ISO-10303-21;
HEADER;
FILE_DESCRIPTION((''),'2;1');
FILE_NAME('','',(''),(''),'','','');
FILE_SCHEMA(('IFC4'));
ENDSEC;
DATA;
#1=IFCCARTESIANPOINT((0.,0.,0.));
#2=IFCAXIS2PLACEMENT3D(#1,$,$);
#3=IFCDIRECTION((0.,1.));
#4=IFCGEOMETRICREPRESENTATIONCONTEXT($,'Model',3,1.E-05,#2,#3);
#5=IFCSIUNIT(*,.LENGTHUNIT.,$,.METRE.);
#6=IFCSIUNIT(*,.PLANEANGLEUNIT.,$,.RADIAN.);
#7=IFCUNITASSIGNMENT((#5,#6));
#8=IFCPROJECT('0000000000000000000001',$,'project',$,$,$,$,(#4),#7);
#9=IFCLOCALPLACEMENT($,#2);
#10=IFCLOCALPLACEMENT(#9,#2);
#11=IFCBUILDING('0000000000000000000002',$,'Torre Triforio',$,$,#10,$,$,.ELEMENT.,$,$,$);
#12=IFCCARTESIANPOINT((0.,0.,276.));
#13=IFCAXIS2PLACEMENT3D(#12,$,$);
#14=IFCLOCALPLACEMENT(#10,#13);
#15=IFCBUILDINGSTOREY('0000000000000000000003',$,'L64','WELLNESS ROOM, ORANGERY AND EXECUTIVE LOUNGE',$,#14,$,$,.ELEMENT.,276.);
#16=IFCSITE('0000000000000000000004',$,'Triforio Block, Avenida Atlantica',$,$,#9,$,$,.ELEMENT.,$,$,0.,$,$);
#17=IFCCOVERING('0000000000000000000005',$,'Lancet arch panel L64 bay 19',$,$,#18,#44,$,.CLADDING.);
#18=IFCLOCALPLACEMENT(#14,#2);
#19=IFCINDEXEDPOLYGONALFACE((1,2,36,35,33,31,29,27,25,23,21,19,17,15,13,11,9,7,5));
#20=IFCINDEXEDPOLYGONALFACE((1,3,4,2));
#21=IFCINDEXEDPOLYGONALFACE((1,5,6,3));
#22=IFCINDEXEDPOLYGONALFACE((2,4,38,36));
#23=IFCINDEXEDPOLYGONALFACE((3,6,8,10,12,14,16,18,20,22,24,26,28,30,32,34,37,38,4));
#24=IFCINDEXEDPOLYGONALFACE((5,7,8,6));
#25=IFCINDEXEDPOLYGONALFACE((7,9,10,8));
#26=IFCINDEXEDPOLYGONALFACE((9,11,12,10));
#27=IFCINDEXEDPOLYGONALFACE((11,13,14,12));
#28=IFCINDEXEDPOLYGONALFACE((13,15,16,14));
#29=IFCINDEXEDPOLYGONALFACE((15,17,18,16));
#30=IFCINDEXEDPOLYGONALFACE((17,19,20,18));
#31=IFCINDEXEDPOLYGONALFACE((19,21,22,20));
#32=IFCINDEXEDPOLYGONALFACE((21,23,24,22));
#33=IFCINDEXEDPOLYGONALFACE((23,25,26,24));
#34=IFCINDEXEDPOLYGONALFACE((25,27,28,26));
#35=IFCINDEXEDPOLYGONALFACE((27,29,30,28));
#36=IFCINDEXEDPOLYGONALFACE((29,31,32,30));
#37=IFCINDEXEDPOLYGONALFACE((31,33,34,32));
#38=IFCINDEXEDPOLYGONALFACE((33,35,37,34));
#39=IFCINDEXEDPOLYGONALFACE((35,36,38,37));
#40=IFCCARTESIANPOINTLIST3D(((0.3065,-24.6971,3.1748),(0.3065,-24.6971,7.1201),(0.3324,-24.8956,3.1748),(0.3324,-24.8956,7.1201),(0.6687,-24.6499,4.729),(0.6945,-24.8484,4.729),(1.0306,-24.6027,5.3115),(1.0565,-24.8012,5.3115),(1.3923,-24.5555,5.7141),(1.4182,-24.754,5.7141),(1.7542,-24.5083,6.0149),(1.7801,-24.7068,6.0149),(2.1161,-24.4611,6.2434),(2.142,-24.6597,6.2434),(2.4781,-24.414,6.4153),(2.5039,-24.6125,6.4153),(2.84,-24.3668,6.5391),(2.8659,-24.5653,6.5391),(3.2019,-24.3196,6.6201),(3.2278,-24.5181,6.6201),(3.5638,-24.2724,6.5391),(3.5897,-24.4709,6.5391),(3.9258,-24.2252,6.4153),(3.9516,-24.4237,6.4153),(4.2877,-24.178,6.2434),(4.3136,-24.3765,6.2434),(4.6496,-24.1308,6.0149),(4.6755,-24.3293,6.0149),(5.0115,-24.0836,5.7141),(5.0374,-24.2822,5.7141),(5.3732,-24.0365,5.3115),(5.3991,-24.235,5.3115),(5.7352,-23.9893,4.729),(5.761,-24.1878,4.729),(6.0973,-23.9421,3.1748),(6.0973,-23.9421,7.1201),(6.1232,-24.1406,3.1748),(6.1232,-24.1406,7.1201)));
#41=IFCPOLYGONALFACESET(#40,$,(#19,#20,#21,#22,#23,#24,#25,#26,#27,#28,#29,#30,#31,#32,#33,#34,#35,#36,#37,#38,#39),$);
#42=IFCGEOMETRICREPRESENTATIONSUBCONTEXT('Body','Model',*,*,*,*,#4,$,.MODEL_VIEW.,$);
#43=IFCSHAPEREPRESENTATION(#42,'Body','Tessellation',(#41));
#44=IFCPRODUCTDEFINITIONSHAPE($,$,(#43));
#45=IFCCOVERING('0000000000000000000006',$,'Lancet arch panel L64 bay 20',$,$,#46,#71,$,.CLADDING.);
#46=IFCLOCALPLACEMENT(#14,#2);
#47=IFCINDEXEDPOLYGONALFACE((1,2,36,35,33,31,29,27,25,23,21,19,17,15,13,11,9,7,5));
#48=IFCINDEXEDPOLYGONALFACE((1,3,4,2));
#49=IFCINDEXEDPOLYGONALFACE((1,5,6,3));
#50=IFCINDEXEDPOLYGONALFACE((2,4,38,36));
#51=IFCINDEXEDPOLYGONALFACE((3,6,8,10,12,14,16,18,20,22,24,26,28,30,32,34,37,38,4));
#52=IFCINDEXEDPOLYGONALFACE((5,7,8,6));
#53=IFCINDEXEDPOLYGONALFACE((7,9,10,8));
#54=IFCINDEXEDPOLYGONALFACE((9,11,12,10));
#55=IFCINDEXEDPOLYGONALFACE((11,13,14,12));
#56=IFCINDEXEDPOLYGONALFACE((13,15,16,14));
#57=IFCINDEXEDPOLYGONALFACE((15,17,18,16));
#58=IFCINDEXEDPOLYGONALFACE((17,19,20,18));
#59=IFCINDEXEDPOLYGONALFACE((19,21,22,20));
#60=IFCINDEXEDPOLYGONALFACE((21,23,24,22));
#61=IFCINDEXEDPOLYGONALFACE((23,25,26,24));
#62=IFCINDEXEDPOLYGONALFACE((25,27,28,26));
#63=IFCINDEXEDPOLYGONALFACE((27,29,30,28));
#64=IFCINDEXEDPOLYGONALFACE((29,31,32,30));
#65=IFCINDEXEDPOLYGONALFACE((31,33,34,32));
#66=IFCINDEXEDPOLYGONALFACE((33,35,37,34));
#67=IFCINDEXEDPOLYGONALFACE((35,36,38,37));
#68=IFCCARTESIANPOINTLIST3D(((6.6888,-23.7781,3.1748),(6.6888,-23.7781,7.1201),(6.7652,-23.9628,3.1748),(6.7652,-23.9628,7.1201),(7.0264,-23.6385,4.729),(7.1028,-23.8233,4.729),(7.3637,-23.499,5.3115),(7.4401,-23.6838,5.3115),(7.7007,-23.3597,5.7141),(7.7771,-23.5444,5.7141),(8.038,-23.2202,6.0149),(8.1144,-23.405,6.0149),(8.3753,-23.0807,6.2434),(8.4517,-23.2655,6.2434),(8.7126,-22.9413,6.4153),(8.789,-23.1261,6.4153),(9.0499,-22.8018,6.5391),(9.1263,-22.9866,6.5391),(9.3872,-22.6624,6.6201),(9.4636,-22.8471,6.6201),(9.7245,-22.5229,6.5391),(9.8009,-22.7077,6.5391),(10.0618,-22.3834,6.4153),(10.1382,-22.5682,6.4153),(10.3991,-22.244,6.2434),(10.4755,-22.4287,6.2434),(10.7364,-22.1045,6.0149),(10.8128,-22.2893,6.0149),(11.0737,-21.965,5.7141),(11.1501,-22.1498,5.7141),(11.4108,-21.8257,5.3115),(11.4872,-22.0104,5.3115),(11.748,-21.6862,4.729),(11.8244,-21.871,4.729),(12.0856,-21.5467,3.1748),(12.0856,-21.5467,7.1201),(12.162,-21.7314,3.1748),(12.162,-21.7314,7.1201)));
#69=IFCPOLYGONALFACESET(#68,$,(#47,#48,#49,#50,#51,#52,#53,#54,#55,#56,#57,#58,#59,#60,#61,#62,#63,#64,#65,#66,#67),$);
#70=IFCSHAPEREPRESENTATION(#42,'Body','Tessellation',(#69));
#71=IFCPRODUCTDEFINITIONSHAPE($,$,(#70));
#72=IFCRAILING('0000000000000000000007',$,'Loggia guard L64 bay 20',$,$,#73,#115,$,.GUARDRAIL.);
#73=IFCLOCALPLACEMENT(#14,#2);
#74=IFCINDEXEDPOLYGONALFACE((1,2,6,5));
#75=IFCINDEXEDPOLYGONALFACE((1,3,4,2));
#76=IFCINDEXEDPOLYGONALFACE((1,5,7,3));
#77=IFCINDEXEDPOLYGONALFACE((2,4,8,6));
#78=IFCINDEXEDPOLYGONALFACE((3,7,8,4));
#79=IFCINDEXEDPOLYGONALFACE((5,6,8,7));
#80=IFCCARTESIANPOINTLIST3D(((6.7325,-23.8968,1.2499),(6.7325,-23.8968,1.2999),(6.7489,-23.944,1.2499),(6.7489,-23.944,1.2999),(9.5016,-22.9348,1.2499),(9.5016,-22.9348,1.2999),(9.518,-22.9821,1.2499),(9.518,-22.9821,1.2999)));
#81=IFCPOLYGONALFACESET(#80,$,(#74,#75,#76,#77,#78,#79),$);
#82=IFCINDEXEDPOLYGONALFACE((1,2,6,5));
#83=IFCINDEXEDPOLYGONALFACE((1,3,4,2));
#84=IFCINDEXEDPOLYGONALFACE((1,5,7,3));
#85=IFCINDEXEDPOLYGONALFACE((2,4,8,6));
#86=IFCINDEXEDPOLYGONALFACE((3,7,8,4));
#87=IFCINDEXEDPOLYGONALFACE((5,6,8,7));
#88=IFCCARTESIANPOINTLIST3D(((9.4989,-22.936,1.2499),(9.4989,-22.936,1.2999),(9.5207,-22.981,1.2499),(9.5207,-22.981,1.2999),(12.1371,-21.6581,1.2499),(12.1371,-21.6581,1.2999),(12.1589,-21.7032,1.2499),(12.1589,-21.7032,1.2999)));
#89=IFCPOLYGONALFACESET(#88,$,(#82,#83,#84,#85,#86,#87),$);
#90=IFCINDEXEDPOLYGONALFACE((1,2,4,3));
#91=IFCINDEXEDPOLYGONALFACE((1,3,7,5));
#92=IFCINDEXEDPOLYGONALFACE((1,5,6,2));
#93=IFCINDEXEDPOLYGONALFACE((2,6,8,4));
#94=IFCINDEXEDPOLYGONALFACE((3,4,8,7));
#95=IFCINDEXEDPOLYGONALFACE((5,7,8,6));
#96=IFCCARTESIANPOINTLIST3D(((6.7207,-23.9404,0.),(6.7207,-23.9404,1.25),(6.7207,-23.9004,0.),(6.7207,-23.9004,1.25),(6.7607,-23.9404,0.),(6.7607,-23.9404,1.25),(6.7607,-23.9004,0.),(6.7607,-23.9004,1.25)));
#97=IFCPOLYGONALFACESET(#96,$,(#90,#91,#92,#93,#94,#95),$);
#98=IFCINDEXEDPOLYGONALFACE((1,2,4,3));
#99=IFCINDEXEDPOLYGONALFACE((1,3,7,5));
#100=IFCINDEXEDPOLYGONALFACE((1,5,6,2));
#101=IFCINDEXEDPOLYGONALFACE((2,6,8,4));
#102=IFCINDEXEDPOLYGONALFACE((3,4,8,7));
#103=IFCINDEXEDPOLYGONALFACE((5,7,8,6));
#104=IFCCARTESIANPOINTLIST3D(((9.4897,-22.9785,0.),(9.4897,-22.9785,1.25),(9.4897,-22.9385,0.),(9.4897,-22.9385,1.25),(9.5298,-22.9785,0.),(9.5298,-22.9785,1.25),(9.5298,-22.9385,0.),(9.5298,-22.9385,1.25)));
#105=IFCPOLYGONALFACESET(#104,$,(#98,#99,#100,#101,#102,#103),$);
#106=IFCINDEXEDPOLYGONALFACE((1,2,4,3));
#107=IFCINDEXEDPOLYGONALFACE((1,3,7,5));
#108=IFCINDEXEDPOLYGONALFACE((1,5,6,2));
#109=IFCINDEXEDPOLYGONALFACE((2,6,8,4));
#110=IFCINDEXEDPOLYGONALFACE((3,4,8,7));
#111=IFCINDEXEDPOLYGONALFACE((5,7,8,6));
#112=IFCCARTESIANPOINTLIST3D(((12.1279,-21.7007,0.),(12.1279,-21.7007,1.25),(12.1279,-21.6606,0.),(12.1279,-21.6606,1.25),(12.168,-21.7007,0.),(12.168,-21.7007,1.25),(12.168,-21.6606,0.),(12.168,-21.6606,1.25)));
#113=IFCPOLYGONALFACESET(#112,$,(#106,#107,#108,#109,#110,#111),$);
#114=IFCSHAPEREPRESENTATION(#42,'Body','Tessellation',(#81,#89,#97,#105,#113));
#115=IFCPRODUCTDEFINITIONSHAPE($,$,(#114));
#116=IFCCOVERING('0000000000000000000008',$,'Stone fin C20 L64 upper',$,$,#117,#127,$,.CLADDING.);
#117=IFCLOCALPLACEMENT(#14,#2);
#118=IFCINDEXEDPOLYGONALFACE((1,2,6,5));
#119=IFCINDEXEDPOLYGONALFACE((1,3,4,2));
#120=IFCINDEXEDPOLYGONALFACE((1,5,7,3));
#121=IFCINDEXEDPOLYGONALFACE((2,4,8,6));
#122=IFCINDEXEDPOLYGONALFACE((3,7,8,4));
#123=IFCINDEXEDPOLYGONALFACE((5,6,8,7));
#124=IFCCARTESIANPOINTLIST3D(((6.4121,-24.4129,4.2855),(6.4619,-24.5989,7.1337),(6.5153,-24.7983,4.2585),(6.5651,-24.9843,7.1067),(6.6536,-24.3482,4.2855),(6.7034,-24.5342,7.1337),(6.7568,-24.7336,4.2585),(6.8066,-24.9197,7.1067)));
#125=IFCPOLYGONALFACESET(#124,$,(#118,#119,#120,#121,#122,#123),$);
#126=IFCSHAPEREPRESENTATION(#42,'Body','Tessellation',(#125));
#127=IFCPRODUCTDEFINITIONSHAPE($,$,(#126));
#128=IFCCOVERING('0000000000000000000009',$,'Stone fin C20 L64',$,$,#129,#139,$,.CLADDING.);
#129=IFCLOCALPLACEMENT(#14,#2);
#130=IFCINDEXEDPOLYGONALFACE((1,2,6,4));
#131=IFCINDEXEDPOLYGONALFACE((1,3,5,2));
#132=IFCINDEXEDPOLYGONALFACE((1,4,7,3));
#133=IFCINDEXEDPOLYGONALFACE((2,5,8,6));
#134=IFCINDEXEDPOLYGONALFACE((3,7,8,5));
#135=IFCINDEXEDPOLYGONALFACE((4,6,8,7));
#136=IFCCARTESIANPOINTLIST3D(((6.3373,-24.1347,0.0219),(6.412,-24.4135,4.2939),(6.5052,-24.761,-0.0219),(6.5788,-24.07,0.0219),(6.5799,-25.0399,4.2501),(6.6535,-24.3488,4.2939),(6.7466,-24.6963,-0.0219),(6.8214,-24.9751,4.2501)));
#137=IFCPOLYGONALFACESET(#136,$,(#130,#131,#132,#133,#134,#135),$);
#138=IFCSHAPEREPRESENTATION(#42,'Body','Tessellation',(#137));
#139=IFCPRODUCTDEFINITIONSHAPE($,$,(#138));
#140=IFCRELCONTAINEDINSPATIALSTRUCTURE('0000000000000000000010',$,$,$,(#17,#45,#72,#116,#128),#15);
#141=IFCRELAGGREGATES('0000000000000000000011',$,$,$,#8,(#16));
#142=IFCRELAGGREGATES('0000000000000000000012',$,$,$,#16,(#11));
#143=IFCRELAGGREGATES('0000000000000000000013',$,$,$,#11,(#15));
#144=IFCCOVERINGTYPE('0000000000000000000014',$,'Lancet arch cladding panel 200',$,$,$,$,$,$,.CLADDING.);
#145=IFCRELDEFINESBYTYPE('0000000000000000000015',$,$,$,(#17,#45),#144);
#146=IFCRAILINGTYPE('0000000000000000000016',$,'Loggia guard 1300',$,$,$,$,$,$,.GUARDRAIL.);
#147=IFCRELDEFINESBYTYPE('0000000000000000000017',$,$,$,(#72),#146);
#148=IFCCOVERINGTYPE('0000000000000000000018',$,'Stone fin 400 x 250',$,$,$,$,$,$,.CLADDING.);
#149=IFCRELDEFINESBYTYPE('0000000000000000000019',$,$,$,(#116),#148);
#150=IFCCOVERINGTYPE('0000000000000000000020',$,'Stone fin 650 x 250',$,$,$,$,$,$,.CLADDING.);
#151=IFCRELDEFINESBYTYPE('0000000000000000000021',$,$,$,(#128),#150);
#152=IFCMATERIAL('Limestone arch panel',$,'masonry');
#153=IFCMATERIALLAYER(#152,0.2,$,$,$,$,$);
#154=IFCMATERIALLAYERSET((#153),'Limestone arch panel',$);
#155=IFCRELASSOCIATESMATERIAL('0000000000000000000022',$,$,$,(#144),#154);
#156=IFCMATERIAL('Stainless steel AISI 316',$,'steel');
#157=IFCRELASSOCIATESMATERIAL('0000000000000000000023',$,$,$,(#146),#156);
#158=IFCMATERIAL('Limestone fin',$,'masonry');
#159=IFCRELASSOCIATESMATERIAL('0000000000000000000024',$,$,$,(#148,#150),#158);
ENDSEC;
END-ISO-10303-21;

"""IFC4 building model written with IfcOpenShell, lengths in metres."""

from ifc_helpers import new_model, si_unit, direction, frame, origin, origin_2d, place, context, subcontext, project, spatial, polyline, rectangle, outline, extrude, material, layer, layer_set, material_profile, profile_set, type_object, element, save


model = new_model("IFC4")

# Units and contexts
model_context = context("Model", 3, precision=1e-05, world=origin(), true_north=direction((0.0, 1.0)))
body_context = subcontext(model_context, "Body", "Model", "MODEL_VIEW")
ifc_project = project(units=[si_unit("LENGTHUNIT", "METRE"), si_unit("PLANEANGLEUNIT", "RADIAN")], contexts=[model_context])

# Site, building, storey
site_placement = place(None, origin())
site = spatial("IfcSite", under=ifc_project, at=site_placement, Name="Triforio Block, Avenida Atlantica", CompositionType="ELEMENT", RefElevation=0.0)
building_placement = place(site_placement, origin())
building = spatial("IfcBuilding", under=site, at=building_placement, Name="Torre Triforio", CompositionType="ELEMENT")
storey_placement = place(building_placement, frame((0.0, 0.0, 276.0)))
storey = spatial("IfcBuildingStorey", under=building, at=storey_placement, Name="L64", Description="WELLNESS ROOM, ORANGERY AND EXECUTIVE LOUNGE", CompositionType="ELEMENT", Elevation=276.0)

# Coverings
ifc_material_1 = material(Name="Limestone arch panel", Category="masonry")
ifc_layer_1 = layer(ifc_material_1, 0.2)
ifc_layer_set_1 = layer_set([ifc_layer_1], Name="Limestone arch panel")
covering_type_1 = type_object("IfcCoveringType", Name="Lancet arch cladding panel 200", PredefinedType="CLADDING", material=ifc_layer_set_1)
covering_1_placement = place(storey_placement, frame((3.2019, -24.3196, 0.0), z_axis=(0.129287, -0.991607, 0.0), x_axis=(0.991607, 0.129287, 0.0)))
element("IfcCovering", 1, at=covering_1_placement, inside=storey, type_object=covering_type_1, Name="Lancet arch panel L64 bay 19", PredefinedType="CLADDING", context=body_context, shape_type="SweptSolid", body=[
    extrude(outline(polyline([(-2.9199, 7.1201), (-2.9199, 3.1748), (-2.5547, 4.729), (-2.1897, 5.3115), (-1.825, 5.7141), (-1.46, 6.0149), (-1.095, 6.2434), (-0.73, 6.4153), (-0.365, 6.5391), (0.0, 6.6201), (0.365, 6.5391), (0.73, 6.4153), (1.095, 6.2434), (1.46, 6.0149), (1.825, 5.7141), (2.1897, 5.3115), (2.5547, 4.729), (2.9199, 3.1748), (2.9199, 7.1201), (-2.9199, 7.1201)])), origin(), (0.0, 0.0, 1.0), 0.2002),
])
covering_2_placement = place(storey_placement, frame((9.3872, -22.6624, 0.0), z_axis=(0.3821, -0.924121, 0.0), x_axis=(0.924121, 0.3821, 0.0)))
element("IfcCovering", 2, at=covering_2_placement, inside=storey, type_object=covering_type_1, Name="Lancet arch panel L64 bay 20", PredefinedType="CLADDING", context=body_context, shape_type="SweptSolid", body=[
    extrude(outline(polyline([(-2.9199, 7.1201), (-2.9199, 3.1748), (-2.5547, 4.729), (-2.1897, 5.3115), (-1.825, 5.7141), (-1.46, 6.0149), (-1.095, 6.2434), (-0.73, 6.4153), (-0.365, 6.5391), (0.0, 6.6201), (0.365, 6.5391), (0.73, 6.4153), (1.095, 6.2434), (1.46, 6.0149), (1.825, 5.7141), (2.1897, 5.3115), (2.5547, 4.729), (2.9199, 3.1748), (2.9199, 7.1201), (-2.9199, 7.1201)])), origin(), (0.0, 0.0, 1.0), 0.2),
])

# Railing
ifc_material_2 = material(Name="Stainless steel AISI 316", Category="steel")
railing_type = type_object("IfcRailingType", Name="Loggia guard 1300", PredefinedType="GUARDRAIL", material=ifc_material_2)
railing_placement = place(storey_placement, frame((6.7407, -23.9204, 0.0)))
element("IfcRailing", 3, at=railing_placement, inside=storey, type_object=railing_type, Name="Loggia guard L64 bay 20", PredefinedType="GUARDRAIL", context=body_context, shape_type="SweptSolid", body=[
    extrude(rectangle(XDim=0.05, YDim=0.05, at=origin_2d()), frame((0.0, 0.0, 1.2749), z_axis=(0.944627, 0.328146, 0.0), x_axis=(-0.328146, 0.944627, 0.0)), (0.0, 0.0, 1.0), 2.9314),
    extrude(rectangle(XDim=0.05, YDim=0.05, at=origin_2d()), frame((2.769, 0.9619, 1.2749), z_axis=(0.899986, 0.435918, 0.0), x_axis=(-0.435918, 0.899986, 0.0)), (0.0, 0.0, 1.0), 2.9314),
    extrude(rectangle(XDim=0.04, YDim=0.04, at=origin_2d()), origin(), (0.0, 0.0, 1.0), 1.25),
    extrude(rectangle(XDim=0.04, YDim=0.04, at=origin_2d()), frame((2.769, 0.9619, 0.0)), (0.0, 0.0, 1.0), 1.25),
    extrude(rectangle(XDim=0.04, YDim=0.04, at=origin_2d()), frame((5.4072, 2.2397, 0.0)), (0.0, 0.0, 1.0), 1.25),
])

# Coverings
ifc_material_3 = material(Name="Limestone fin", Category="masonry")
ifc_material_profile_1 = material_profile(ifc_material_3, rectangle(XDim=0.3999, YDim=0.25, at=origin_2d()), Name="FIN 400x250")
ifc_profile_set_1 = profile_set([ifc_material_profile_1], Name="Limestone fin")
covering_type_2 = type_object("IfcCoveringType", Name="Stone fin 400 x 250", PredefinedType="CLADDING", material=ifc_profile_set_1)
covering_3_placement = place(storey_placement, frame((6.5845, -24.5732, 4.272), z_axis=(0.017447, -0.065169, 0.997722), x_axis=(-0.25802, 0.963781, 0.067464)))
element("IfcCovering", 4, at=covering_3_placement, inside=storey, type_object=covering_type_2, Name="Stone fin C20 L64 upper", PredefinedType="CLADDING", context=body_context, shape_type="SweptSolid", body=[
    extrude(rectangle(XDim=0.3999, YDim=0.25, at=origin_2d()), origin(), (0.0, 0.0, 1.0), 2.8547),
])
ifc_material_profile_2 = material_profile(ifc_material_3, rectangle(XDim=0.6499, YDim=0.25, at=origin_2d()), Name="FIN 650x250")
ifc_profile_set_2 = profile_set([ifc_material_profile_2], Name="Limestone fin")
covering_type_3 = type_object("IfcCoveringType", Name="Stone fin 650 x 250", PredefinedType="CLADDING", material=ifc_profile_set_2)
covering_4_placement = place(storey_placement, frame((6.542, -24.4155, 0.0), z_axis=(0.017448, -0.065116, 0.997725), x_axis=(-0.258232, 0.963728, 0.067413)))
element("IfcCovering", 5, at=covering_4_placement, inside=storey, type_object=covering_type_3, Name="Stone fin C20 L64", PredefinedType="CLADDING", context=body_context, shape_type="SweptSolid", body=[
    extrude(rectangle(XDim=0.6499, YDim=0.25, at=origin_2d()), origin(), (0.0, 0.0, 1.0), 4.2817),
])

save(model, "model.ifc")
